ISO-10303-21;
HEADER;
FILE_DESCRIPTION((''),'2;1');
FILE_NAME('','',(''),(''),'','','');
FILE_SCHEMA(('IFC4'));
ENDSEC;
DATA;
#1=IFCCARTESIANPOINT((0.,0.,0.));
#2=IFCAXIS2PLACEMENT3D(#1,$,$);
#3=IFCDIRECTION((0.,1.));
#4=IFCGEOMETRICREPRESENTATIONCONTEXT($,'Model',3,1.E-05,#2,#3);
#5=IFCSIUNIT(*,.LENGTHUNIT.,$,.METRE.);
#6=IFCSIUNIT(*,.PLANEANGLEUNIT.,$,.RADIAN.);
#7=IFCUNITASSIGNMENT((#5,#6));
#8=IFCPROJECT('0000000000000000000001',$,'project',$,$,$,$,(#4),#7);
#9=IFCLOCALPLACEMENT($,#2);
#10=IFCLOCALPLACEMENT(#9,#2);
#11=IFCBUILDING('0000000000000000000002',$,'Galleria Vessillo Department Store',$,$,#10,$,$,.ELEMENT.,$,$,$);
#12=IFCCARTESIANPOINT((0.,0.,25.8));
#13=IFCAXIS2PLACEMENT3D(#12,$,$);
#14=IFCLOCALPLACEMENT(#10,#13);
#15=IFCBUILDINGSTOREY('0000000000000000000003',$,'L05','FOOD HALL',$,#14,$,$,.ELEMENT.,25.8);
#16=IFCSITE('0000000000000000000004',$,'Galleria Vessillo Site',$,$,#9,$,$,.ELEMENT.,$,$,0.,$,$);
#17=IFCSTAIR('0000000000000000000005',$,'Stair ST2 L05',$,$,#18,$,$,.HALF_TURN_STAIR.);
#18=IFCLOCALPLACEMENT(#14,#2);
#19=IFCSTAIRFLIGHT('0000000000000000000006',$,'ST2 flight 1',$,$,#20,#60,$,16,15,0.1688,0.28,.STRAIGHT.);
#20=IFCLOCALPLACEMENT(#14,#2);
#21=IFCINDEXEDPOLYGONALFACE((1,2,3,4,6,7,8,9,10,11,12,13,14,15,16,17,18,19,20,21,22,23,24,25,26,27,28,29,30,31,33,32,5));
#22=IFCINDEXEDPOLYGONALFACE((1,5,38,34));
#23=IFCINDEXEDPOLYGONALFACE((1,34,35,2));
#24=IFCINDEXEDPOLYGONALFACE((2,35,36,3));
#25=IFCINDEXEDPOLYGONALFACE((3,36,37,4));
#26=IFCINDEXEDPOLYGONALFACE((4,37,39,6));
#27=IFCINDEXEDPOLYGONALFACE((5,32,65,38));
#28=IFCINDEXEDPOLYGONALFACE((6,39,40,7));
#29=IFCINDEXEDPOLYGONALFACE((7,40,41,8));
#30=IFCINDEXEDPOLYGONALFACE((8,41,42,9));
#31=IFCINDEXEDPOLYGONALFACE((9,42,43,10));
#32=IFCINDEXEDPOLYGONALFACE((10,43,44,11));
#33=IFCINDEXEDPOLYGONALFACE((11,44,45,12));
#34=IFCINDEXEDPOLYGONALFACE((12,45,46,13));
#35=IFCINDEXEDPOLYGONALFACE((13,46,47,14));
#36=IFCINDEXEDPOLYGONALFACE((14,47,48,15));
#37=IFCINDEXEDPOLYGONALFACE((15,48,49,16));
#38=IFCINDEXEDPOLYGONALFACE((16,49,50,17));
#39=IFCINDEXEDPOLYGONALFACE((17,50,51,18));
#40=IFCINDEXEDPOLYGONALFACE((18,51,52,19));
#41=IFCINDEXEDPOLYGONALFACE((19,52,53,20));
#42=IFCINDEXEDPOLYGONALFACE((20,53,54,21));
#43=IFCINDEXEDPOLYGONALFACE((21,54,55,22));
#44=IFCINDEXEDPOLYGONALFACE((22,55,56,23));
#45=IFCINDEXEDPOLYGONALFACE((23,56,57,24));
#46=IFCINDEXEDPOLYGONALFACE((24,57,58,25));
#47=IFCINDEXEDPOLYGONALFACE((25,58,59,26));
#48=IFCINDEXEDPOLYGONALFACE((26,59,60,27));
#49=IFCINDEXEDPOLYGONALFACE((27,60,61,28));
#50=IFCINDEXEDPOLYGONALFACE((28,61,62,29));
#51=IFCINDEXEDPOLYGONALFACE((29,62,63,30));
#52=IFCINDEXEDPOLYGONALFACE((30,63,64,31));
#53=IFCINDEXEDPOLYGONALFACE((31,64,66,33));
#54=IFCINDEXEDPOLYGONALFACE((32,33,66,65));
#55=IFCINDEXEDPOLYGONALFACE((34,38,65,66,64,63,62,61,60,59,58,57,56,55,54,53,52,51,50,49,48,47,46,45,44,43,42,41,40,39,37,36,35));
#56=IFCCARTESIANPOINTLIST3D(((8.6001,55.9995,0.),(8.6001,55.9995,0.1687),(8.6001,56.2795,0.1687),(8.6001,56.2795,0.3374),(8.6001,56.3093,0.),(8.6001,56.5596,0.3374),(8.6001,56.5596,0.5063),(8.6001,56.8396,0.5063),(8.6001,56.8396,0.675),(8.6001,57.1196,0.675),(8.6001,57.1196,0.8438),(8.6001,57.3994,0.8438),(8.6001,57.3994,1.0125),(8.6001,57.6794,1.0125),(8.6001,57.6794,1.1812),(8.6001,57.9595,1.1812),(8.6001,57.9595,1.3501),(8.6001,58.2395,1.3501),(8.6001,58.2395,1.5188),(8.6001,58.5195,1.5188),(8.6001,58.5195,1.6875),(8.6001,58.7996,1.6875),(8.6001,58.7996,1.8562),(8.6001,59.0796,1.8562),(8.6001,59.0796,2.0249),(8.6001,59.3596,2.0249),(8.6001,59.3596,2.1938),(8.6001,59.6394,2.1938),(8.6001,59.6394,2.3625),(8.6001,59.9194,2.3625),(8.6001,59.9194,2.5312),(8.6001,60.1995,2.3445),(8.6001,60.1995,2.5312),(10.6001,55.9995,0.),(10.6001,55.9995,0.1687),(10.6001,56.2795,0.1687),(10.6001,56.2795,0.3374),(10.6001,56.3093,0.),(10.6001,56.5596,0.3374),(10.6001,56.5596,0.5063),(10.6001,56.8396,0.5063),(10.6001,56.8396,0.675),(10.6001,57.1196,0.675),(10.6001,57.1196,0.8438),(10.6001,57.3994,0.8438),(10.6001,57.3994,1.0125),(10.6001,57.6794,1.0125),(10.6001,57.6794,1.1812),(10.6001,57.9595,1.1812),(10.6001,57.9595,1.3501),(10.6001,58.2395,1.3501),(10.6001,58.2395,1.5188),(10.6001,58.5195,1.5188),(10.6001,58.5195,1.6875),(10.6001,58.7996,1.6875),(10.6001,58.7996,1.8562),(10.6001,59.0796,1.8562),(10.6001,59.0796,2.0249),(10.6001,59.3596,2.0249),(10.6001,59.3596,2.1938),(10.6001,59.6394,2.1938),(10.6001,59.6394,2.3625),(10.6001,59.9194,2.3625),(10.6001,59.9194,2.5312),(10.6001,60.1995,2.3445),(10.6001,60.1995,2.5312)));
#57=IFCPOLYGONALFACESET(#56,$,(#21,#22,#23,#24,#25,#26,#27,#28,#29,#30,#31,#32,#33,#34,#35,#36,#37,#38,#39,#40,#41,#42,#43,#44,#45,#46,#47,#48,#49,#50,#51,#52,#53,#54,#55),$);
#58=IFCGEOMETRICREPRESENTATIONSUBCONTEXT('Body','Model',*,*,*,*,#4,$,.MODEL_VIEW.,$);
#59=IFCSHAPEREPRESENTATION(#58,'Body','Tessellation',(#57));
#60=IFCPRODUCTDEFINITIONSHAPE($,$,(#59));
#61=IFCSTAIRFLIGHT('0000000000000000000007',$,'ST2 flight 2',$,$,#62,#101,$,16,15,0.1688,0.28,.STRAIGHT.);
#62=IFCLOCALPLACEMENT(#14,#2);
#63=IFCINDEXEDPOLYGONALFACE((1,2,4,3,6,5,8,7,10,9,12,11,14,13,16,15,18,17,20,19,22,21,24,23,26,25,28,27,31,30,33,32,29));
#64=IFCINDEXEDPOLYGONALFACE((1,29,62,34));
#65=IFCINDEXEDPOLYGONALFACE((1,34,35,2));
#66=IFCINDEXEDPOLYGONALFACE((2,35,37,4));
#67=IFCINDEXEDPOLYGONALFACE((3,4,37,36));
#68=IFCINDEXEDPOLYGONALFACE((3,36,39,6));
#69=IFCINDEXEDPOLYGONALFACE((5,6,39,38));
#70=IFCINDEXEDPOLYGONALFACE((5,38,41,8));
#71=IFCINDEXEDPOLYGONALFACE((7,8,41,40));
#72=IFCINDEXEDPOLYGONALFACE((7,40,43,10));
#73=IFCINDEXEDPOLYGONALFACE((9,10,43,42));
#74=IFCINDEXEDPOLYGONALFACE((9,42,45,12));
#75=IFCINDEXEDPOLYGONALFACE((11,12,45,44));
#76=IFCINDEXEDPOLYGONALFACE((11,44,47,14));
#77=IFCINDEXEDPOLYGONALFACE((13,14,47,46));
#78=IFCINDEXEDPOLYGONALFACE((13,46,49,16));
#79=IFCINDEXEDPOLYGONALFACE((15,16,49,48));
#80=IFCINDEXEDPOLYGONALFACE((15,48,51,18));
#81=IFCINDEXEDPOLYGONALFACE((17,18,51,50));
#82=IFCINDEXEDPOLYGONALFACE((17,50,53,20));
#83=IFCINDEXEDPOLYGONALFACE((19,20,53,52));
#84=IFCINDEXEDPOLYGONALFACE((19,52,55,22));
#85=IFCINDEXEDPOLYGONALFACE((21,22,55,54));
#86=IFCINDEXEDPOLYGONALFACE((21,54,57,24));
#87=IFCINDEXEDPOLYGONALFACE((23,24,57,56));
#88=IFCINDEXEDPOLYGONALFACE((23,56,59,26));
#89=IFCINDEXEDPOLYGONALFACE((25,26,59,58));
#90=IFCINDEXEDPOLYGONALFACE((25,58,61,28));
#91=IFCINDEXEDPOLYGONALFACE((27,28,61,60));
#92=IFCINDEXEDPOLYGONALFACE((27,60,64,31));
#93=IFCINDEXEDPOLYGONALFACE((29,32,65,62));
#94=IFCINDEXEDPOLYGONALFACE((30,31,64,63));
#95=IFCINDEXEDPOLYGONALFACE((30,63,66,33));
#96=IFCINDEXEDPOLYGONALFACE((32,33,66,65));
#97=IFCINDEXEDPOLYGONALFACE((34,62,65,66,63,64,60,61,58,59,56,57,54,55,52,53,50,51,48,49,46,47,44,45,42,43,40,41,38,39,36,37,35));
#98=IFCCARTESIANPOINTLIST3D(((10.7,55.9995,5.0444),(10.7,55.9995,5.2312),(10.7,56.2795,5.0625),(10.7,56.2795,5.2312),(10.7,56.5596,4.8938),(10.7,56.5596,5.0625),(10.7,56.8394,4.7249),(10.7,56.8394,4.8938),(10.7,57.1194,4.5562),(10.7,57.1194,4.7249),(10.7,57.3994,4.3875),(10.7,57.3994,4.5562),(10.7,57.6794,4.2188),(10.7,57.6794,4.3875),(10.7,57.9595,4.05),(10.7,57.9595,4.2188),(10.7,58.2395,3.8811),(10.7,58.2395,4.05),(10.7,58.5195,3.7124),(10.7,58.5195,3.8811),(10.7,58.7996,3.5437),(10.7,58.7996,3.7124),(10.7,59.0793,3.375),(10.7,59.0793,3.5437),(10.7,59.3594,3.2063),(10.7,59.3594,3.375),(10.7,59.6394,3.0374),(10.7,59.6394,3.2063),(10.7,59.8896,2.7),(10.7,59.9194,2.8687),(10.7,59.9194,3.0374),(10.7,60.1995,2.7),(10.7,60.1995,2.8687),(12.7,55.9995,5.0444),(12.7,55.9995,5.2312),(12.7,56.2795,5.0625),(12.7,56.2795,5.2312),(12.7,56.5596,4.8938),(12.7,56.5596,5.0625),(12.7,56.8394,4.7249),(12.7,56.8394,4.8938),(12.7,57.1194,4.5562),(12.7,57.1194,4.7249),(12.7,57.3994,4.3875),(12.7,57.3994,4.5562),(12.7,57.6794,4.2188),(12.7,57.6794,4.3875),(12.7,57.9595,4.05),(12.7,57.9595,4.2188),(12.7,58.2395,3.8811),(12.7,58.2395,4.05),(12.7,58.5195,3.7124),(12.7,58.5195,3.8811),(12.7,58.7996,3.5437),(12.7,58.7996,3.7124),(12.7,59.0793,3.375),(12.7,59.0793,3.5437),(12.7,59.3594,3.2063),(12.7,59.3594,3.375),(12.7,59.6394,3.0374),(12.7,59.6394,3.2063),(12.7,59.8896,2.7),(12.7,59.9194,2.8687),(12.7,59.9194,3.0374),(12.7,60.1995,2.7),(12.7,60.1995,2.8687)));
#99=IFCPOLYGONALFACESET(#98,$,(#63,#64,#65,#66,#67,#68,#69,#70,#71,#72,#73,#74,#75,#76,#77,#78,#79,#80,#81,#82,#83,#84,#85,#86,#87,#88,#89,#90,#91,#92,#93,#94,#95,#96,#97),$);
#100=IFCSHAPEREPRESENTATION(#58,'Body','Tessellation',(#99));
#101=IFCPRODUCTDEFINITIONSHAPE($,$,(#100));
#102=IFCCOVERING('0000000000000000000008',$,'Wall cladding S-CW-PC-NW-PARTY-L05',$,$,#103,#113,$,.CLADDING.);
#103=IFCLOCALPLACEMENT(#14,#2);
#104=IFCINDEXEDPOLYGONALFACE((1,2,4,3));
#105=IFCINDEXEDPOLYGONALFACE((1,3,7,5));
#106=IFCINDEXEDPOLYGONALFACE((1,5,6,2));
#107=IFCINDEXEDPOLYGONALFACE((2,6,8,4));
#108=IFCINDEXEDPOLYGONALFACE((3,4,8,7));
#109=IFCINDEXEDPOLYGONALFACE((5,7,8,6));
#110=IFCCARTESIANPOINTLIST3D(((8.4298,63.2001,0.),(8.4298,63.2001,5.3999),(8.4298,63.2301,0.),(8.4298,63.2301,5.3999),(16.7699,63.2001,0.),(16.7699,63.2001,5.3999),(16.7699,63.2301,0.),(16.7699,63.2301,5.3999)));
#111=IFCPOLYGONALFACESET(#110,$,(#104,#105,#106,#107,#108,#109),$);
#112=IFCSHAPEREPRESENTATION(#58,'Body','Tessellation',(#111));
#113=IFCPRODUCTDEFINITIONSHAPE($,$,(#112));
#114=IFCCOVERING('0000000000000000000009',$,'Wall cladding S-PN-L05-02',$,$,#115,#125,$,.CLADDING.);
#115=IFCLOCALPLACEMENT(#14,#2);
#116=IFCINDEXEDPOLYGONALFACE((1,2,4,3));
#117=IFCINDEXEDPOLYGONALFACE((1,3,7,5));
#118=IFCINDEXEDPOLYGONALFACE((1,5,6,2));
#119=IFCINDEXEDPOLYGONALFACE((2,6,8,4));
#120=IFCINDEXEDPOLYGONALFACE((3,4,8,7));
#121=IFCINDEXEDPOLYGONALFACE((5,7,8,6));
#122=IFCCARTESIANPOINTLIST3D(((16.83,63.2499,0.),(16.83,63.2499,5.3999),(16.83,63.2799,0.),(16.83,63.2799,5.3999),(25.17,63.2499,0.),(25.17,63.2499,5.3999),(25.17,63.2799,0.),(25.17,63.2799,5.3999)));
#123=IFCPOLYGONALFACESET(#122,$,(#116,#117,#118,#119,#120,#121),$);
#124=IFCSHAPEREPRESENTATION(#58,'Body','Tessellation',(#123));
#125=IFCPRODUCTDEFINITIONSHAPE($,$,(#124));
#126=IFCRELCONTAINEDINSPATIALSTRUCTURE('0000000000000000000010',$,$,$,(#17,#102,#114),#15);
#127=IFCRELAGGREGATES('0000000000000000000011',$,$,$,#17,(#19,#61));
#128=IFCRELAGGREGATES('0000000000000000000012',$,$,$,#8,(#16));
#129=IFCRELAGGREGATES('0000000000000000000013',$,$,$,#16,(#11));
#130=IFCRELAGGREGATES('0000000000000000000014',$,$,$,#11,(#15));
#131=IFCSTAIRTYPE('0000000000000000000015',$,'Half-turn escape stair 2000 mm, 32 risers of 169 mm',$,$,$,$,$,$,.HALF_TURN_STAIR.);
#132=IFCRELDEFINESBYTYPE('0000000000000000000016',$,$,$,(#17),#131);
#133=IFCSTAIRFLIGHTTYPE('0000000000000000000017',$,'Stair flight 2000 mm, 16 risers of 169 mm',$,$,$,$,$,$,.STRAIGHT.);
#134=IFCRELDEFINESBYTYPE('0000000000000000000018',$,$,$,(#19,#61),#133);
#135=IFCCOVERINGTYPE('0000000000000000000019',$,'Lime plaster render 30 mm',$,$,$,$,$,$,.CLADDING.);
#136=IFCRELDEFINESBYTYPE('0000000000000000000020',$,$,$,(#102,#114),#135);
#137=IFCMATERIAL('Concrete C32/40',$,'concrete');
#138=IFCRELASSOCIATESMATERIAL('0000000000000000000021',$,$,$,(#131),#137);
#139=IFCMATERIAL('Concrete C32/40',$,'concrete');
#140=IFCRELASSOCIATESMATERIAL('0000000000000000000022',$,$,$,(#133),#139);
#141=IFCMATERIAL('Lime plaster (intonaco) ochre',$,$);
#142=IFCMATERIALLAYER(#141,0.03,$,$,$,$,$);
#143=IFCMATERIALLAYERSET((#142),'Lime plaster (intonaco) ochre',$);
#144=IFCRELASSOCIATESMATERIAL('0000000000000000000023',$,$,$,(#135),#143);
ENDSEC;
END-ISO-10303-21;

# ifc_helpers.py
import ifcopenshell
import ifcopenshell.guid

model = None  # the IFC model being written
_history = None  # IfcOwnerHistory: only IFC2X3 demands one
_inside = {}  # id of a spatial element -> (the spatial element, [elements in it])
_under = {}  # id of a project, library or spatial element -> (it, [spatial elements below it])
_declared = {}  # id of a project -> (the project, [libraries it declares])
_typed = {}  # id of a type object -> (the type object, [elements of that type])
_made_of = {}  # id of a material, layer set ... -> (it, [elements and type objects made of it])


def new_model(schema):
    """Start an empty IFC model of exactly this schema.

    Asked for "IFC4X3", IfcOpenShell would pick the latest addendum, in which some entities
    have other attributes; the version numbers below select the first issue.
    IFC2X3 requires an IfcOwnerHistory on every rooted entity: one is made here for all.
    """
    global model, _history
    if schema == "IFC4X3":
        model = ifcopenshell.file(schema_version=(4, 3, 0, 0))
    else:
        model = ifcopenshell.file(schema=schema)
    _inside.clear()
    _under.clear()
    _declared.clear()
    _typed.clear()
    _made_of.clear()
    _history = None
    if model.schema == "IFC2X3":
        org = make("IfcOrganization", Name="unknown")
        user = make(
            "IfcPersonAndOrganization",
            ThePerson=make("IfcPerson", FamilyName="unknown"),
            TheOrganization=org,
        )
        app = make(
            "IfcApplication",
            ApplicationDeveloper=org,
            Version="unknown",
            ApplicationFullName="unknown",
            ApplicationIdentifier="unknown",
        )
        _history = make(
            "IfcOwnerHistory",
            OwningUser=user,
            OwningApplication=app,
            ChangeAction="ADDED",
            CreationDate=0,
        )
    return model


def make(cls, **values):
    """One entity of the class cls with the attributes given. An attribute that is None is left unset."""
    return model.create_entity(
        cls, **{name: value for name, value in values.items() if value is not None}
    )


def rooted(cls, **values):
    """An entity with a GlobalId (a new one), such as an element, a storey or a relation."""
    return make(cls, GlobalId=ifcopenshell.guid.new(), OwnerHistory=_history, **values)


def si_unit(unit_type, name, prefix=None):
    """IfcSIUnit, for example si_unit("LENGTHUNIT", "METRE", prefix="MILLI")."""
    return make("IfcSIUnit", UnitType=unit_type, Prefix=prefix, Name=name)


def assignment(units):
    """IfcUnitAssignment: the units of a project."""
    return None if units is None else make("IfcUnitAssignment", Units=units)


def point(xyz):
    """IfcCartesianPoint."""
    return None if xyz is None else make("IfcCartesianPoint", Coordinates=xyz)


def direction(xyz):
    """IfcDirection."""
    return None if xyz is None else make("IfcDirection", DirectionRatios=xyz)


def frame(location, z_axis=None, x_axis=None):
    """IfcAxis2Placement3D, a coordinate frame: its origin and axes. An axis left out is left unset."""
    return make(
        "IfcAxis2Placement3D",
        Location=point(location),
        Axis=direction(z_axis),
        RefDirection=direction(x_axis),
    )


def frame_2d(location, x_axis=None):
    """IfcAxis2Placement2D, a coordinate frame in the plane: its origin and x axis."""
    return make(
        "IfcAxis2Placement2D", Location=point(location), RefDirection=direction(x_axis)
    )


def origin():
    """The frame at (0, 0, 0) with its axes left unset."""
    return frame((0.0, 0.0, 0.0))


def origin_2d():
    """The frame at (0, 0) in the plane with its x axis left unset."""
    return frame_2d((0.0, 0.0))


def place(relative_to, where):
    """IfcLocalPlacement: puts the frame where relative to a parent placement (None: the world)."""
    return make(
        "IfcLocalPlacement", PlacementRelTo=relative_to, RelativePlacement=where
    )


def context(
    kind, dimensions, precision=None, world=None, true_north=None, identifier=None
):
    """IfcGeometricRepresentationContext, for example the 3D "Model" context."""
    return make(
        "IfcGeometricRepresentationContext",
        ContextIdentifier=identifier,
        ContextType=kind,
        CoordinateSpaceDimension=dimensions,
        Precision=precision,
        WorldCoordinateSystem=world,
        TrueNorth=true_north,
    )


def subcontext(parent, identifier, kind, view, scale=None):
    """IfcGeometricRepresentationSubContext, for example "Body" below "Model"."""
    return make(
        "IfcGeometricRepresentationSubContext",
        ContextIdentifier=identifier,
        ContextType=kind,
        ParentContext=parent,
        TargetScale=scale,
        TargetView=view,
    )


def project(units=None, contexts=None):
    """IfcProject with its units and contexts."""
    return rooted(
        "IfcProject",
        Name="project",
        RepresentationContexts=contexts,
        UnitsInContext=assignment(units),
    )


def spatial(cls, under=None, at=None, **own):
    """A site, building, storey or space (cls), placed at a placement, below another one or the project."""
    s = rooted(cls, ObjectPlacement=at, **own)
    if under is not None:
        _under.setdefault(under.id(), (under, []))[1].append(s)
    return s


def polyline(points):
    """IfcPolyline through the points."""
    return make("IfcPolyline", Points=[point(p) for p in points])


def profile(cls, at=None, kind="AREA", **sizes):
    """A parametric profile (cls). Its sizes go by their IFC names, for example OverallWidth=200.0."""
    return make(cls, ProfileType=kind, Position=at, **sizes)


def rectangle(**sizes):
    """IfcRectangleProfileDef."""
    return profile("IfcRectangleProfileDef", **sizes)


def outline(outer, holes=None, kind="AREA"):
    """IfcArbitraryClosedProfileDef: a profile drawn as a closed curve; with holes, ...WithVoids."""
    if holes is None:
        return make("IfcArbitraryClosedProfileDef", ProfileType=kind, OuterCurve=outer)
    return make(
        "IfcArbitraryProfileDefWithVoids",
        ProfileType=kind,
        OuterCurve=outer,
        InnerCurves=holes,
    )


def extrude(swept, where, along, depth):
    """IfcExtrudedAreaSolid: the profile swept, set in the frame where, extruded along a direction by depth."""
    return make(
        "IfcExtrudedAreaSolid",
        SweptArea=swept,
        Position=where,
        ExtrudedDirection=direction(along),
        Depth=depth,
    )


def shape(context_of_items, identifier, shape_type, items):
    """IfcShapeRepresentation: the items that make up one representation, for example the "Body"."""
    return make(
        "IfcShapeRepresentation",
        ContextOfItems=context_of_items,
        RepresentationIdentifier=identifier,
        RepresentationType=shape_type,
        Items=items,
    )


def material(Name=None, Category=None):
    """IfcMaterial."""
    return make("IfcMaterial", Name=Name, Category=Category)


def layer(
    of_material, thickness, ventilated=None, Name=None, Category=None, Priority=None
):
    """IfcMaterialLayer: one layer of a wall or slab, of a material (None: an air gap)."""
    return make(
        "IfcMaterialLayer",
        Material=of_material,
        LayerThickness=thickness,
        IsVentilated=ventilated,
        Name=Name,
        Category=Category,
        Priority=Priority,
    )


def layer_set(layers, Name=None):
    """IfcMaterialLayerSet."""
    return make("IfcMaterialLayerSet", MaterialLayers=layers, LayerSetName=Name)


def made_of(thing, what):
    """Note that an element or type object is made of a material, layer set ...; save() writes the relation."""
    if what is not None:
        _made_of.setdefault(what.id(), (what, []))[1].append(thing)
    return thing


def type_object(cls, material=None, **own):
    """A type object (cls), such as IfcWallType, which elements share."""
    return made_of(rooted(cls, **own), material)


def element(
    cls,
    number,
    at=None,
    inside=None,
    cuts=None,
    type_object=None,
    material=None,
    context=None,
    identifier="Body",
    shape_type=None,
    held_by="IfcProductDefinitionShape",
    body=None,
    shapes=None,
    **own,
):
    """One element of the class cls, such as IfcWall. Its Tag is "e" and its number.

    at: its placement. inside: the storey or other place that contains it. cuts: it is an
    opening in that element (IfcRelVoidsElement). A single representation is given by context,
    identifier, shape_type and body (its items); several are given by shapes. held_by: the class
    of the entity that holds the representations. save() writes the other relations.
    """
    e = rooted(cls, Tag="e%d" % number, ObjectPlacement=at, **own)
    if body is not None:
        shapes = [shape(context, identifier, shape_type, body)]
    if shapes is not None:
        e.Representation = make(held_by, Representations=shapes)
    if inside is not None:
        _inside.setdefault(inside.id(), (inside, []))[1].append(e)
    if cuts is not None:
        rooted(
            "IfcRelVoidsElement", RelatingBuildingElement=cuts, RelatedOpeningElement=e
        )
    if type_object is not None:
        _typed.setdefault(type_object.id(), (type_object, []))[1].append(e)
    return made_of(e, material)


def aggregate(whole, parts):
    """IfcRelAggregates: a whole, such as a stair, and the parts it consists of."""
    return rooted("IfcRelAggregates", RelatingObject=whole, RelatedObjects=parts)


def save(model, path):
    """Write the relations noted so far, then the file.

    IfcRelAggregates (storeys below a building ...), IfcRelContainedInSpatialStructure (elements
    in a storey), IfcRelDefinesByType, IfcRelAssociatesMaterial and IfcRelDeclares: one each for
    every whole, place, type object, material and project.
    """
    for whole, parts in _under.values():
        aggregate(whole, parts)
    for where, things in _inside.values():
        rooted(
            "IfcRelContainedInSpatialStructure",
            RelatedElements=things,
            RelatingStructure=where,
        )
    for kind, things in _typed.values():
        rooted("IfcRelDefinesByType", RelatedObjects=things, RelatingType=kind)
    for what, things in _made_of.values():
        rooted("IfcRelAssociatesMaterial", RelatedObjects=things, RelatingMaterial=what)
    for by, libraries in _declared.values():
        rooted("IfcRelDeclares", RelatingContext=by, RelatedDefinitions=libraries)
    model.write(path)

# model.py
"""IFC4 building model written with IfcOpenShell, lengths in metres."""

from ifc_helpers import new_model, si_unit, direction, frame, origin, origin_2d, place, context, subcontext, project, spatial, polyline, rectangle, outline, extrude, material, layer, layer_set, type_object, element, aggregate, save


model = new_model("IFC4")

# Units and contexts
model_context = context("Model", 3, precision=1e-05, world=origin(), true_north=direction((0.0, 1.0)))
body_context = subcontext(model_context, "Body", "Model", "MODEL_VIEW")
ifc_project = project(units=[si_unit("LENGTHUNIT", "METRE"), si_unit("PLANEANGLEUNIT", "RADIAN")], contexts=[model_context])

# Site, building, storey
site_placement = place(None, origin())
site = spatial("IfcSite", under=ifc_project, at=site_placement, Name="Galleria Vessillo Site", CompositionType="ELEMENT", RefElevation=0.0)
building_placement = place(site_placement, origin())
building = spatial("IfcBuilding", under=site, at=building_placement, Name="Galleria Vessillo Department Store", CompositionType="ELEMENT")
storey_placement = place(building_placement, frame((0.0, 0.0, 25.8)))
storey = spatial("IfcBuildingStorey", under=building, at=storey_placement, Name="L05", Description="FOOD HALL", CompositionType="ELEMENT", Elevation=25.8)

# Stair, stair flights
ifc_material_1 = material(Name="Concrete C32/40", Category="concrete")
stair_type = type_object("IfcStairType", Name="Half-turn escape stair 2000 mm, 32 risers of 169 mm", PredefinedType="HALF_TURN_STAIR", material=ifc_material_1)
stair_placement = place(storey_placement, origin())
stair = element("IfcStair", 1, at=stair_placement, inside=storey, type_object=stair_type, Name="Stair ST2 L05", PredefinedType="HALF_TURN_STAIR")
ifc_material_2 = material(Name="Concrete C32/40", Category="concrete")
stair_flight_type = type_object("IfcStairFlightType", Name="Stair flight 2000 mm, 16 risers of 169 mm", PredefinedType="STRAIGHT", material=ifc_material_2)
stair_flight_1_placement = place(storey_placement, frame((9.6001, 55.9995, 0.0), z_axis=(0.0, 0.0, 1.0), x_axis=(0.0, 1.0, 0.0)))
stair_flight_1 = element("IfcStairFlight", 2, at=stair_flight_1_placement, type_object=stair_flight_type, Name="ST2 flight 1", NumberOfRisers=16, NumberOfTreads=15, PredefinedType="STRAIGHT", RiserHeight=0.1688, TreadLength=0.28, context=body_context, shape_type="SweptSolid", body=[
    extrude(outline(polyline([(0.0, 0.0), (0.0, 0.1687), (0.28, 0.1687), (0.28, 0.3374), (0.5601, 0.3374), (0.5601, 0.5063), (0.8401, 0.5063), (0.8401, 0.675), (1.1201, 0.675), (1.1201, 0.8438), (1.3999, 0.8438), (1.3999, 1.0125), (1.6799, 1.0125), (1.6799, 1.1812), (1.96, 1.1812), (1.96, 1.3501), (2.24, 1.3501), (2.24, 1.5188), (2.52, 1.5188), (2.52, 1.6875), (2.8, 1.6875), (2.8, 1.8562), (3.0801, 1.8562), (3.0801, 2.0249), (3.3601, 2.0249), (3.3601, 2.1938), (3.6399, 2.1938), (3.6399, 2.3625), (3.9199, 2.3625), (3.9199, 2.5312), (4.2, 2.5312), (4.2, 2.7), (4.2, 2.3445), (0.3098, 0.0), (0.0, 0.0)])), frame((0.0, 1.0, 0.0), z_axis=(0.0, -1.0, 0.0), x_axis=(1.0, 0.0, 0.0)), (0.0, 0.0, 1.0), 2.0),
])
stair_flight_2_placement = place(storey_placement, frame((11.7, 60.1995, 2.7), z_axis=(0.0, 0.0, 1.0), x_axis=(0.0, -1.0, 0.0)))
stair_flight_2 = element("IfcStairFlight", 3, at=stair_flight_2_placement, type_object=stair_flight_type, Name="ST2 flight 2", NumberOfRisers=16, NumberOfTreads=15, PredefinedType="STRAIGHT", RiserHeight=0.1688, TreadLength=0.28, context=body_context, shape_type="SweptSolid", body=[
    extrude(outline(polyline([(0.0, 0.0), (0.0, 0.1687), (0.28, 0.1687), (0.28, 0.3374), (0.5601, 0.3374), (0.5601, 0.5063), (0.8401, 0.5063), (0.8401, 0.675), (1.1201, 0.675), (1.1201, 0.8438), (1.3999, 0.8438), (1.3999, 1.0125), (1.6799, 1.0125), (1.6799, 1.1812), (1.96, 1.1812), (1.96, 1.3501), (2.24, 1.3501), (2.24, 1.5188), (2.52, 1.5188), (2.52, 1.6875), (2.8, 1.6875), (2.8, 1.8562), (3.0801, 1.8562), (3.0801, 2.0249), (3.3601, 2.0249), (3.3601, 2.1938), (3.6399, 2.1938), (3.6399, 2.3625), (3.9199, 2.3625), (3.9199, 2.5312), (4.2, 2.5312), (4.2, 2.7), (4.2, 2.3445), (0.3098, 0.0), (0.0, 0.0)])), frame((0.0, 1.0, 0.0), z_axis=(0.0, -1.0, 0.0), x_axis=(1.0, 0.0, 0.0)), (0.0, 0.0, 1.0), 2.0),
])
aggregate(stair, [stair_flight_1, stair_flight_2])

# Coverings
ifc_material_3 = material(Name="Lime plaster (intonaco) ochre")
ifc_layer_1 = layer(ifc_material_3, 0.03)
ifc_layer_set_1 = layer_set([ifc_layer_1], Name="Lime plaster (intonaco) ochre")
covering_type = type_object("IfcCoveringType", Name="Lime plaster render 30 mm", PredefinedType="CLADDING", material=ifc_layer_set_1)
for number, where, z_axis, x_axis, name in (
    (4, (12.5999, 63.2151, 0.0), (0.0, 0.0, 1.0), (1.0, 0.0, 0.0), "Wall cladding S-CW-PC-NW-PARTY-L05"),
    (5, (21.0, 63.2649, 0.0), (0.0, 0.0, 1.0), (1.0, 0.0, 0.0), "Wall cladding S-PN-L05-02"),
):
    element("IfcCovering", number, at=place(storey_placement, frame(where, z_axis=z_axis, x_axis=x_axis)), inside=storey, type_object=covering_type, Name=name, PredefinedType="CLADDING", context=body_context, shape_type="SweptSolid", body=[
        extrude(rectangle(XDim=8.3401, YDim=0.03, at=origin_2d()), origin(), (0.0, 0.0, 1.0), 5.3999),
    ])

save(model, "model.ifc")
